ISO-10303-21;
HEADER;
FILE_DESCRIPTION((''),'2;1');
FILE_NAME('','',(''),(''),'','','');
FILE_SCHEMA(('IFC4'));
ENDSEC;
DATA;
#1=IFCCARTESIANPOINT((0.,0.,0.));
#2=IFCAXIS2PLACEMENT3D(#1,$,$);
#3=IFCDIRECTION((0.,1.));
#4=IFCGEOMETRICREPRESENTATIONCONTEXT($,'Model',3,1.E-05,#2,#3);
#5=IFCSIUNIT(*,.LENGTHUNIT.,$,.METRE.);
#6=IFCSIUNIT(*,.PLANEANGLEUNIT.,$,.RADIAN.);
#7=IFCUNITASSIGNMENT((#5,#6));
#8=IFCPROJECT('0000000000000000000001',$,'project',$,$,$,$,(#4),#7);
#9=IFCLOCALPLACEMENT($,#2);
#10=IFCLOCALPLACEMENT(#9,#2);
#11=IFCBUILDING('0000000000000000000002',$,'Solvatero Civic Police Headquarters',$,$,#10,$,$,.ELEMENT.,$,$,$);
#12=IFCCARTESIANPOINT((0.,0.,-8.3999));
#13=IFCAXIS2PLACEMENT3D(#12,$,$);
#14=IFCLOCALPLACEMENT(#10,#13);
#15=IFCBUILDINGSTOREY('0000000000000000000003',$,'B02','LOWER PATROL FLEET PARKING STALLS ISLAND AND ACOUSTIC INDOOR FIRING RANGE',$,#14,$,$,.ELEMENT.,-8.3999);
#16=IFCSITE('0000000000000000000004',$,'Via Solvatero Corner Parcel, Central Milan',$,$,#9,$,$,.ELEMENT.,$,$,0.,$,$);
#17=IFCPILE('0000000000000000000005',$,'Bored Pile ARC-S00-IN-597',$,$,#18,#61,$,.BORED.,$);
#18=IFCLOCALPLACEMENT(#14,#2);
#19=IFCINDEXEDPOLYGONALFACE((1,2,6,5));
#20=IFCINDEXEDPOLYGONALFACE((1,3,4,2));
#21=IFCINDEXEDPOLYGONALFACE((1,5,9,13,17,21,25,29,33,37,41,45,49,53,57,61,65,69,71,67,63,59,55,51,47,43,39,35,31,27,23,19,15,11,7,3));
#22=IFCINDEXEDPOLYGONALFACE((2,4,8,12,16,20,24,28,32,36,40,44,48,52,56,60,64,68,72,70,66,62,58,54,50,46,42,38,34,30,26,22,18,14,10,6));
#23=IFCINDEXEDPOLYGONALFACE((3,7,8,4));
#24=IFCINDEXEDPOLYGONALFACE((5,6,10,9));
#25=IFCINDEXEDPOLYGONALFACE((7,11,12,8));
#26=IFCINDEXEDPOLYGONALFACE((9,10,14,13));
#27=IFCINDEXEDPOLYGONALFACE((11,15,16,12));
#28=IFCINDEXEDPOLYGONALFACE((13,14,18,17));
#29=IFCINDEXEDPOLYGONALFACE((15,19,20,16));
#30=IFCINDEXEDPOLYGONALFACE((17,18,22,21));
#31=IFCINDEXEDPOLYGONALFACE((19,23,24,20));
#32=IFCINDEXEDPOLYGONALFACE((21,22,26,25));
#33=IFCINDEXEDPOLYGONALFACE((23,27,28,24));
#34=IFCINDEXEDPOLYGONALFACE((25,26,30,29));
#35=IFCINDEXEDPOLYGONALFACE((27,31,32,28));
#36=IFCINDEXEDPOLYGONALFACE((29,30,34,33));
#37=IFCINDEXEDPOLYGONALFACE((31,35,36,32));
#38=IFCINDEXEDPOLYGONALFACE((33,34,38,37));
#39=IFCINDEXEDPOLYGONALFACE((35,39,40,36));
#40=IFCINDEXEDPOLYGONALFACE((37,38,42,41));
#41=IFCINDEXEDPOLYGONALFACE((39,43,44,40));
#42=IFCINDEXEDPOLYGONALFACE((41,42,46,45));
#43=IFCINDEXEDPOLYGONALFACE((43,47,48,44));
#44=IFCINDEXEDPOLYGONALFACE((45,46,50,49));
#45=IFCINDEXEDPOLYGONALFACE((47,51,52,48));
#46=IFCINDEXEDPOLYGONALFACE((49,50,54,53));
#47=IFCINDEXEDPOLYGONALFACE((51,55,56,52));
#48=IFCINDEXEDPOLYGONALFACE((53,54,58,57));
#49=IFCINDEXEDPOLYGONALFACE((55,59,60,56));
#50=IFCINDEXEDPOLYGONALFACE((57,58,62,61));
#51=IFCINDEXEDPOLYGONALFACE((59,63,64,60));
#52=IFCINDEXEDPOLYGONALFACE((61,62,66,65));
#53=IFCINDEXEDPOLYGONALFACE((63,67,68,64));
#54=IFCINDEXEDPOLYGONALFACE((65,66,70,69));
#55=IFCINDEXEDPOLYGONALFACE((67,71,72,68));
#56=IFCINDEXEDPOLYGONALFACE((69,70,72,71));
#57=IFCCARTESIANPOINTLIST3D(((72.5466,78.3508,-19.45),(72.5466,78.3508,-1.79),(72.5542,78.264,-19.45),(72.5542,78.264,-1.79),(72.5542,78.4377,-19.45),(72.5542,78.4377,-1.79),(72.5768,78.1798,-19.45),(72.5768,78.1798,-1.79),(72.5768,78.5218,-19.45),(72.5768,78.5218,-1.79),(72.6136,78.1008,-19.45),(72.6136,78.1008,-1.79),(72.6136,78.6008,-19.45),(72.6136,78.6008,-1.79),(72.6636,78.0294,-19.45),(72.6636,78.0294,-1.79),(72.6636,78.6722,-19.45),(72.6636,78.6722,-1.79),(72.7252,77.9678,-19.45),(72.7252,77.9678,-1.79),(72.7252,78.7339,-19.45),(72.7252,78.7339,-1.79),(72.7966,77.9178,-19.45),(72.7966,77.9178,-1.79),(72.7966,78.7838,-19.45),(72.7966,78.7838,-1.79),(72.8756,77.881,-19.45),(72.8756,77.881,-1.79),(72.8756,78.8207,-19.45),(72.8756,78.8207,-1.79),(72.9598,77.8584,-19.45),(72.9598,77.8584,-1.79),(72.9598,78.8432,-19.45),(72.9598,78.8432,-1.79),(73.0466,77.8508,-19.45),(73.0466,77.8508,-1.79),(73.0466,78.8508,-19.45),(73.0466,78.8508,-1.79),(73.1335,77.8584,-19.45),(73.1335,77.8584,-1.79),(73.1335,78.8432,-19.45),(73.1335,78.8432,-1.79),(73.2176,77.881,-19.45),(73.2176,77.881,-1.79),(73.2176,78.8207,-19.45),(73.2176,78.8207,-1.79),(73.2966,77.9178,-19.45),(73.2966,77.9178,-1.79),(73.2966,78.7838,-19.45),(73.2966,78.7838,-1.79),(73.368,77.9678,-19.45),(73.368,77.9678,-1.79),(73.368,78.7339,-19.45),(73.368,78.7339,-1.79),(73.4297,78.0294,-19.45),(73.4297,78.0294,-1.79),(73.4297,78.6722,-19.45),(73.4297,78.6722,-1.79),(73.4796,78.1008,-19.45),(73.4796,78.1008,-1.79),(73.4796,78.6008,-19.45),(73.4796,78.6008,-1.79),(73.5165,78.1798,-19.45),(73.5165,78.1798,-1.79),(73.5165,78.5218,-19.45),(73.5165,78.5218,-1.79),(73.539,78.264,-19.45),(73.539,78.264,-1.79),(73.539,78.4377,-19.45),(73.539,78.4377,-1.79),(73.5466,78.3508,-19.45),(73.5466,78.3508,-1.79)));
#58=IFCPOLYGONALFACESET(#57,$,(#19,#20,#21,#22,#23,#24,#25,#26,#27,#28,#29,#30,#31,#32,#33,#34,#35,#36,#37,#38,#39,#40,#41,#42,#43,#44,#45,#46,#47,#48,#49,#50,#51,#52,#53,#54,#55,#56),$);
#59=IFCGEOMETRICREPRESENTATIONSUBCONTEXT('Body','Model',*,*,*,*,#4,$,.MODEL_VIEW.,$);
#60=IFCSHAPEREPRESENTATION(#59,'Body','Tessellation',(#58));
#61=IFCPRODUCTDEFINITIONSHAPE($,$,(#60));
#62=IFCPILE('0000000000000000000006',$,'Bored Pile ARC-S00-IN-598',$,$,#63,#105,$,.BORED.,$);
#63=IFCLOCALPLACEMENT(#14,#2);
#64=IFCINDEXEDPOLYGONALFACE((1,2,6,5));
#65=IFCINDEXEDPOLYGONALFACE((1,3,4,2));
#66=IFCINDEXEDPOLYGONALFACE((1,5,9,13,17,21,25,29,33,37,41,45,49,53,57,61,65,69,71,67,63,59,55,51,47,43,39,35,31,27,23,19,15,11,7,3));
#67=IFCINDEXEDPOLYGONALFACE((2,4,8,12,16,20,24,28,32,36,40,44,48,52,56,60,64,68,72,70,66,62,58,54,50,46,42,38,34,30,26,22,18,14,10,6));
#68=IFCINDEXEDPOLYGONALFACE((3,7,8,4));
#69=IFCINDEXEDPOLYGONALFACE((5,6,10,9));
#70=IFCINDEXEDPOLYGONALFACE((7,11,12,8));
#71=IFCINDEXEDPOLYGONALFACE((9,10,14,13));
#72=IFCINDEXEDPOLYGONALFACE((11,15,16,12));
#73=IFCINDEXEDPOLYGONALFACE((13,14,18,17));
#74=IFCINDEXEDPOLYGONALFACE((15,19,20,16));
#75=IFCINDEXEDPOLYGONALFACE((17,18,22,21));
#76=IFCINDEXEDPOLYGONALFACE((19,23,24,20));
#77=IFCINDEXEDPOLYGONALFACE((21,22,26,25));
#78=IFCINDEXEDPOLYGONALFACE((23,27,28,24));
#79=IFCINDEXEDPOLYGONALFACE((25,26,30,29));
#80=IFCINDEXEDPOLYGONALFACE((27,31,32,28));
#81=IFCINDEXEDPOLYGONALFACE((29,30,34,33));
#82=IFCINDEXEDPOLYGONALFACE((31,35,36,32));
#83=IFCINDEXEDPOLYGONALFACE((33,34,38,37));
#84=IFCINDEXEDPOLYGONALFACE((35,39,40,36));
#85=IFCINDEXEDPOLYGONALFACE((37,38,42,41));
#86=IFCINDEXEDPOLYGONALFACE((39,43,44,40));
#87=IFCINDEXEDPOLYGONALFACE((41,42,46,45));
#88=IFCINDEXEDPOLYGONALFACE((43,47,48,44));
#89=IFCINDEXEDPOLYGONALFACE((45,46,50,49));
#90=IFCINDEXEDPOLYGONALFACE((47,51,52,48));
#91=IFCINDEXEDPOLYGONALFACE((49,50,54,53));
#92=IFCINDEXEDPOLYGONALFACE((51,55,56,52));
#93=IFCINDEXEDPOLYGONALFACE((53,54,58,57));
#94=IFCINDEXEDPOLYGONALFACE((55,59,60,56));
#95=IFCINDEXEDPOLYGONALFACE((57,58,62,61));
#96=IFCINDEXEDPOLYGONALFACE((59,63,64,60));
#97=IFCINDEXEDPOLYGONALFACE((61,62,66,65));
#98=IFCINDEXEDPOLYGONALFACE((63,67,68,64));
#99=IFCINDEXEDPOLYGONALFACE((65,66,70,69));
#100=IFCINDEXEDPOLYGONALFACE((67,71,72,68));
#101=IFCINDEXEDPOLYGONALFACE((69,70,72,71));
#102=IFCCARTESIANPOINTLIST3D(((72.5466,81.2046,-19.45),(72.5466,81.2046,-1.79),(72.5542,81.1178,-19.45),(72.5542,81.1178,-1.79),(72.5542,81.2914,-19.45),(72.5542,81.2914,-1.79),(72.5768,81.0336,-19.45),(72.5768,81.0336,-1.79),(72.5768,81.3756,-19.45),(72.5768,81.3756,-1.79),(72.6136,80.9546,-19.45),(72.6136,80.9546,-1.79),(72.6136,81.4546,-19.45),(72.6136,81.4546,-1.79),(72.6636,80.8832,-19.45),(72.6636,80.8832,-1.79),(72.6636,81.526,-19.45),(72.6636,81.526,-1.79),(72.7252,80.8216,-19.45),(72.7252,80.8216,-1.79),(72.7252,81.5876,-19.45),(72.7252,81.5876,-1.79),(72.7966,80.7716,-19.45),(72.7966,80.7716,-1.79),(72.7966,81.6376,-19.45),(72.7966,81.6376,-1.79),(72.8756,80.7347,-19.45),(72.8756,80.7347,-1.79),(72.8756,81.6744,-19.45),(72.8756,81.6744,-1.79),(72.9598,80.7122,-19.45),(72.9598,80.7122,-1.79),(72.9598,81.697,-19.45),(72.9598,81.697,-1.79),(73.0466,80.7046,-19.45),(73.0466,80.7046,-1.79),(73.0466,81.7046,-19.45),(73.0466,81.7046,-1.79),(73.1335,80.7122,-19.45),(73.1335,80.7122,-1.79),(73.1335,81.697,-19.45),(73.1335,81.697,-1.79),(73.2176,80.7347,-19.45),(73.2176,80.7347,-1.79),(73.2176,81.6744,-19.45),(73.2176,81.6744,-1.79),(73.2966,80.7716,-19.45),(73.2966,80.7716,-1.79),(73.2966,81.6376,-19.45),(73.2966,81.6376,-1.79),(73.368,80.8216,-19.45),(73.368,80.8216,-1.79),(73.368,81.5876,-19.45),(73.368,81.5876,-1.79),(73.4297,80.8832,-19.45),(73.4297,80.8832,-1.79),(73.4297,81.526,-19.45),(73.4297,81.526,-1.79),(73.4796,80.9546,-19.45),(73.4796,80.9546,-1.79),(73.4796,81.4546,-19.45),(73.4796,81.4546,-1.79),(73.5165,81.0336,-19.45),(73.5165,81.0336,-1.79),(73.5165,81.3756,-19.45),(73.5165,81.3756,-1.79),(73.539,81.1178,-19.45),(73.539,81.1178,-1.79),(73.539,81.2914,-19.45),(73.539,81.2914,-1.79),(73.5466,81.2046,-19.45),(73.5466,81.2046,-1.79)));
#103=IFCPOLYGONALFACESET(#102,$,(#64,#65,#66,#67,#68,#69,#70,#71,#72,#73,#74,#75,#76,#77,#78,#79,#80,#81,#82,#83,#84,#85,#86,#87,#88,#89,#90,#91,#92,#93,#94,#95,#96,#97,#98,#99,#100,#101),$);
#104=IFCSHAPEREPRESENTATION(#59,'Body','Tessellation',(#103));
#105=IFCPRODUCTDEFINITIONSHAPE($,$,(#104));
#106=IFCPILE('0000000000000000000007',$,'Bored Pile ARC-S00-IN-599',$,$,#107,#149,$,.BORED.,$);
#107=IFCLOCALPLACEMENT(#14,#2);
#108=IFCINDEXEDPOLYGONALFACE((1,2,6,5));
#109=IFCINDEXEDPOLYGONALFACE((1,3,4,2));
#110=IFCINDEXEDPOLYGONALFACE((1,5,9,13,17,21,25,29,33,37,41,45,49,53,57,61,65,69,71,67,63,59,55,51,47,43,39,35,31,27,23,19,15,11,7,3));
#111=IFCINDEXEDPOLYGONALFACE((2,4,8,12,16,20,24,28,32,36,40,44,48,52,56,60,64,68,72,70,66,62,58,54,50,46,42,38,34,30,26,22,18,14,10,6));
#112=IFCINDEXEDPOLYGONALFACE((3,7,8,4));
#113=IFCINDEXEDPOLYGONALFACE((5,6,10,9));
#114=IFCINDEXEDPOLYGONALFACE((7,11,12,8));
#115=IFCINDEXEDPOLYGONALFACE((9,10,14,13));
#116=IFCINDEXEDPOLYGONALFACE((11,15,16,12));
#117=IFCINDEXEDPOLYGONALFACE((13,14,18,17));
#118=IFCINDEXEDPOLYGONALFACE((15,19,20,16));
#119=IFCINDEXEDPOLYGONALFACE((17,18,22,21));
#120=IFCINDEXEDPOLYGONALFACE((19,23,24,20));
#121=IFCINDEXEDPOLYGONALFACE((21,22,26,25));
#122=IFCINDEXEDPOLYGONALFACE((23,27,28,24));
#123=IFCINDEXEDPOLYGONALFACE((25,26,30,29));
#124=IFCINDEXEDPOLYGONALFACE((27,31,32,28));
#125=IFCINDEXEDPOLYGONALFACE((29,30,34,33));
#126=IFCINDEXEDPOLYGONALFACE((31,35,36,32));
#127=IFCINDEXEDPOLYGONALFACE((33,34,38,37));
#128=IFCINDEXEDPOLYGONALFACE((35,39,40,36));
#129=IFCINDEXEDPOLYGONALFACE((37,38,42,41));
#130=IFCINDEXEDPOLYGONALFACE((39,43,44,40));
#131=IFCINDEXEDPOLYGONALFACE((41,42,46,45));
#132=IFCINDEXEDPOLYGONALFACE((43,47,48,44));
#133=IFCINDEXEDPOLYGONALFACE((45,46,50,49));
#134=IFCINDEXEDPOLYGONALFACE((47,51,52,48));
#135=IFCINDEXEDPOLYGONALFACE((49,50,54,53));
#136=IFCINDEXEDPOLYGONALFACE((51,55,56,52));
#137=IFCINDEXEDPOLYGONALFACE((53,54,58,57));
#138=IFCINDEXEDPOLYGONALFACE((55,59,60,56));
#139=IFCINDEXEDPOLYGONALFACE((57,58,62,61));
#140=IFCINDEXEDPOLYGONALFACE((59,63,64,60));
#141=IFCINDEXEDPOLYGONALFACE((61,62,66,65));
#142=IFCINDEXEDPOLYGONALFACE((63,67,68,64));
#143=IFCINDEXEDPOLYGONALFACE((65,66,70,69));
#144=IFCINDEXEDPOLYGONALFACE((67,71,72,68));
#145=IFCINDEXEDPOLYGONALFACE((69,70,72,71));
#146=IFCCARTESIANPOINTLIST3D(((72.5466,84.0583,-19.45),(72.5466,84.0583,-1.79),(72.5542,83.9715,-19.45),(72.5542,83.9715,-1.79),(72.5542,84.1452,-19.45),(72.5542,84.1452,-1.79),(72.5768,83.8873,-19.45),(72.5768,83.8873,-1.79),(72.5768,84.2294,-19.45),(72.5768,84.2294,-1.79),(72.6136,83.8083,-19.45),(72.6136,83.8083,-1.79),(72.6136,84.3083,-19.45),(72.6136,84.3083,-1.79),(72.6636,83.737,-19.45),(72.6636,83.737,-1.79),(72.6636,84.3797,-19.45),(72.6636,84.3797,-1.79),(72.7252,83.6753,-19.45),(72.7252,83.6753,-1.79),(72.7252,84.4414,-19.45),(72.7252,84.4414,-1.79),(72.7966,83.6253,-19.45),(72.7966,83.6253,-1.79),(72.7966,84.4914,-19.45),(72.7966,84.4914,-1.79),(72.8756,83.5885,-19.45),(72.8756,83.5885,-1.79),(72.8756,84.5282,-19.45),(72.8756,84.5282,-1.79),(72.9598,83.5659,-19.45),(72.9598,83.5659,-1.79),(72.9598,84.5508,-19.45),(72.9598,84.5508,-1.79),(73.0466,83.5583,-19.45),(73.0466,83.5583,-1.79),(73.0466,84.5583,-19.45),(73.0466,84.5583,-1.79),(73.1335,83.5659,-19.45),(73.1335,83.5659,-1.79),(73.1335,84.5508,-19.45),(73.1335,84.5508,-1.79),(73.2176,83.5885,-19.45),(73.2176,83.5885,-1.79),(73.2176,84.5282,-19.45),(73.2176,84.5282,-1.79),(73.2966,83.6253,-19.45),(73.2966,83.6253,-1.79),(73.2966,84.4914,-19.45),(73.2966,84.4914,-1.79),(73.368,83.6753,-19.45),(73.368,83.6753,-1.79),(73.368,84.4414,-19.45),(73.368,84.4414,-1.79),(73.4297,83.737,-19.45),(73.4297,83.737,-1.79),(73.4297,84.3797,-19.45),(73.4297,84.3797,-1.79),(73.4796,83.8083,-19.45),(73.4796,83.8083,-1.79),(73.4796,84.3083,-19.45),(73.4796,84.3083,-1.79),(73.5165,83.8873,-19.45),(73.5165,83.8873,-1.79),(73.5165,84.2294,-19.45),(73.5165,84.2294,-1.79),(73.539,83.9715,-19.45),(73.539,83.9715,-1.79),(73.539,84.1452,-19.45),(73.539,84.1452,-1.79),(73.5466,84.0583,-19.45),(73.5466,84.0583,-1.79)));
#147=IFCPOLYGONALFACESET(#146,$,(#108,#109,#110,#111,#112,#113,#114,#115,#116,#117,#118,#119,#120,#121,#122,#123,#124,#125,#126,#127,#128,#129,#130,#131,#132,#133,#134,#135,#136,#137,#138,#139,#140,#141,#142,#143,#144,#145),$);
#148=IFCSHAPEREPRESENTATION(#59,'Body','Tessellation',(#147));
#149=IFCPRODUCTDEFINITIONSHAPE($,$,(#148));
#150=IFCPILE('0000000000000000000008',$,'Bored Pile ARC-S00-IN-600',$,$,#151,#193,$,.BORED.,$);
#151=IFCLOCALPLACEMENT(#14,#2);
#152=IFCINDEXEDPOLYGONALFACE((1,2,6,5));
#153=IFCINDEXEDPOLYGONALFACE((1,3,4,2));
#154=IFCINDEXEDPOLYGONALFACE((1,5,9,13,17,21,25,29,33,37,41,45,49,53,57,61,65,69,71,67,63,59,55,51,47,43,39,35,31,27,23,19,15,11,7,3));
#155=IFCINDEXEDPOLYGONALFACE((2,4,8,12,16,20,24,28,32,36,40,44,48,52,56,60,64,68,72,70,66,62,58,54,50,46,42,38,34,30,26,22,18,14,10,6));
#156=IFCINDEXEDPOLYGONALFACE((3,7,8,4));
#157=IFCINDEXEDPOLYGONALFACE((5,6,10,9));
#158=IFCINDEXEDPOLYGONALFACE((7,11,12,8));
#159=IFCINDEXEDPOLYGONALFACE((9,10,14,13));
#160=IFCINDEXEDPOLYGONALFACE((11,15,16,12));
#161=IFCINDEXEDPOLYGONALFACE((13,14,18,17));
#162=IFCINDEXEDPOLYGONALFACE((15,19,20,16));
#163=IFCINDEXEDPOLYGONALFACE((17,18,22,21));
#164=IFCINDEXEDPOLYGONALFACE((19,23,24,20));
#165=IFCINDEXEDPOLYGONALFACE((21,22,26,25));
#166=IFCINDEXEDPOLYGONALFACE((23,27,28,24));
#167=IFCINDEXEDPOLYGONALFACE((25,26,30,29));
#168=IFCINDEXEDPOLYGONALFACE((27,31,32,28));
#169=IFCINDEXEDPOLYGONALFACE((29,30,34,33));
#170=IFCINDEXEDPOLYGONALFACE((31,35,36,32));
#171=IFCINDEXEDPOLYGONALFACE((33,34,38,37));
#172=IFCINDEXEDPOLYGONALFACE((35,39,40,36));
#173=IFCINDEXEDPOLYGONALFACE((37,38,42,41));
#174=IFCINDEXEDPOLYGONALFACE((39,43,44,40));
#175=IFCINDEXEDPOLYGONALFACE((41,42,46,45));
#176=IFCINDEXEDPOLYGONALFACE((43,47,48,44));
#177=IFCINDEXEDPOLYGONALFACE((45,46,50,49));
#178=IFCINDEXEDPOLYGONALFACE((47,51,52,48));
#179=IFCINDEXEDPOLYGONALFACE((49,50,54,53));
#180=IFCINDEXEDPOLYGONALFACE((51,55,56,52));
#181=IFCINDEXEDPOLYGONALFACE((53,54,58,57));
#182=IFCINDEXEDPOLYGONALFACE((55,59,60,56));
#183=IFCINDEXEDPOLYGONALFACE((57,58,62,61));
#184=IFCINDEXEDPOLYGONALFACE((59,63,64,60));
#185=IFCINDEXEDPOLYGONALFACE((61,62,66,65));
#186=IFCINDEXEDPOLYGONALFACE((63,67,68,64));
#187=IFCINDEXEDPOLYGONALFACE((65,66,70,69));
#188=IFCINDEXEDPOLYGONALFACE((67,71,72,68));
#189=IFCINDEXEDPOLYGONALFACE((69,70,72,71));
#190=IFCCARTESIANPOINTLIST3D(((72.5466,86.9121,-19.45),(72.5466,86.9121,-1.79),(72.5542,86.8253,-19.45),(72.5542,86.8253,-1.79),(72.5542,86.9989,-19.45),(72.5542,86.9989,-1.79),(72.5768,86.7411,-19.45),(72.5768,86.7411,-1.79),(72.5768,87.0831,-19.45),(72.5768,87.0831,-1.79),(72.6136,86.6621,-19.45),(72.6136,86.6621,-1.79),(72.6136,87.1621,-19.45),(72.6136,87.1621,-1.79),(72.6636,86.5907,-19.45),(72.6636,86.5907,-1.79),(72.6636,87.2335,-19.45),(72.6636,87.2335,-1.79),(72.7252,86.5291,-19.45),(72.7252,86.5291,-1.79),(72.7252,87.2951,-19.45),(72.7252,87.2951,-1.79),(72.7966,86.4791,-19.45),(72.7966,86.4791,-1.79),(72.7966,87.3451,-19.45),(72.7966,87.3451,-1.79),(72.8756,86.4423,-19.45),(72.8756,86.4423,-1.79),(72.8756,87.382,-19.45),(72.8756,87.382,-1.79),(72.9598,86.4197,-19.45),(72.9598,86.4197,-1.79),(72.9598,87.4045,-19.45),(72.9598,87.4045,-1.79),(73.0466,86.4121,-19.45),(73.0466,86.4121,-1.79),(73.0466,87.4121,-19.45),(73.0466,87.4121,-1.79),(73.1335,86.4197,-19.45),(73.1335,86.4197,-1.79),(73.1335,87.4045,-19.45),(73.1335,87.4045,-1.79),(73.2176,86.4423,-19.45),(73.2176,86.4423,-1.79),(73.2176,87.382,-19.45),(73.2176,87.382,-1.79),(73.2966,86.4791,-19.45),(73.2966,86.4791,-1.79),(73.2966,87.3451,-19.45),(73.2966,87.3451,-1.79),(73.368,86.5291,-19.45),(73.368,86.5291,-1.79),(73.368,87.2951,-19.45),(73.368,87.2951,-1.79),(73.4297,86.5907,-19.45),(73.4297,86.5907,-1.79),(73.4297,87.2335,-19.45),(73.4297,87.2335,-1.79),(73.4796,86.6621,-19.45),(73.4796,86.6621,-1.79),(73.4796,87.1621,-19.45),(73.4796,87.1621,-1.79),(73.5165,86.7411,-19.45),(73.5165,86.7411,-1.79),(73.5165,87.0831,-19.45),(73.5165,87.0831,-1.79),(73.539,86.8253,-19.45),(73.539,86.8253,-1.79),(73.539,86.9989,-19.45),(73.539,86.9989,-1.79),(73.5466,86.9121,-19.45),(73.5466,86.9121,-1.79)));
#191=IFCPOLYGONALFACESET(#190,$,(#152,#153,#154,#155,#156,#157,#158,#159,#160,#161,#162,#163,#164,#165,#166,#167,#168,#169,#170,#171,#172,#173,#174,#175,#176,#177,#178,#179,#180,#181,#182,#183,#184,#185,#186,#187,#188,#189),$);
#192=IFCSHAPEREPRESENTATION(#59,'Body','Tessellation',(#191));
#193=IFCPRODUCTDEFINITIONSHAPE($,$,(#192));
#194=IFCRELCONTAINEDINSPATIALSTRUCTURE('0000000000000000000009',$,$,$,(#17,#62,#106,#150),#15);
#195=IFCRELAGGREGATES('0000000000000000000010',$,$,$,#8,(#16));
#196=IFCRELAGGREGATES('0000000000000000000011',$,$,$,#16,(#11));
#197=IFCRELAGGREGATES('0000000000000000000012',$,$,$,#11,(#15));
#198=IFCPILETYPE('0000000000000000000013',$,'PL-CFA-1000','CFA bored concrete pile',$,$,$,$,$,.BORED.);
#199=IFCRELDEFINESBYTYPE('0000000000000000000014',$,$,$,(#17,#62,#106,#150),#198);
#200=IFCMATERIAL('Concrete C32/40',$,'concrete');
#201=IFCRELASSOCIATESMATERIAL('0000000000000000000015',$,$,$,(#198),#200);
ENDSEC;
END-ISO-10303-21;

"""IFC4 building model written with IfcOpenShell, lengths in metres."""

from ifc_helpers import new_model, si_unit, direction, frame, origin, origin_2d, place, context, subcontext, project, spatial, circle, extrude, material, material_profile, profile_set, type_object, element, save


model = new_model("IFC4")

# Units and contexts
model_context = context("Model", 3, precision=1e-05, world=origin(), true_north=direction((0.0, 1.0)))
body_context = subcontext(model_context, "Body", "Model", "MODEL_VIEW")
ifc_project = project(units=[si_unit("LENGTHUNIT", "METRE"), si_unit("PLANEANGLEUNIT", "RADIAN")], contexts=[model_context])

# Site, building, storey
site_placement = place(None, origin())
site = spatial("IfcSite", under=ifc_project, at=site_placement, Name="Via Solvatero Corner Parcel, Central Milan", CompositionType="ELEMENT", RefElevation=0.0)
building_placement = place(site_placement, origin())
building = spatial("IfcBuilding", under=site, at=building_placement, Name="Solvatero Civic Police Headquarters", CompositionType="ELEMENT")
storey_placement = place(building_placement, frame((0.0, 0.0, -8.3999)))
storey = spatial("IfcBuildingStorey", under=building, at=storey_placement, Name="B02", Description="LOWER PATROL FLEET PARKING STALLS ISLAND AND ACOUSTIC INDOOR FIRING RANGE", CompositionType="ELEMENT", Elevation=-8.3999)

# Piles
ifc_material_1 = material(Name="Concrete C32/40", Category="concrete")
ifc_material_profile_1 = material_profile(ifc_material_1, circle(Radius=0.5, at=origin_2d()), Name="CFA PILE D1000")
ifc_profile_set_1 = profile_set([ifc_material_profile_1], Name="Concrete C32/40")
pile_type = type_object("IfcPileType", Name="PL-CFA-1000", Description="CFA bored concrete pile", PredefinedType="BORED", material=ifc_profile_set_1)
for number, where, z_axis, x_axis, name in (
    (1, (73.0466, 78.3508, -1.79), (0.0, 0.0, -1.0), (1.0, 0.0, 0.0), "Bored Pile ARC-S00-IN-597"),
    (2, (73.0466, 81.2046, -1.79), (0.0, 0.0, -1.0), (1.0, 0.0, 0.0), "Bored Pile ARC-S00-IN-598"),
    (3, (73.0466, 84.0583, -1.79), (0.0, 0.0, -1.0), (1.0, 0.0, 0.0), "Bored Pile ARC-S00-IN-599"),
    (4, (73.0466, 86.9121, -1.79), (0.0, 0.0, -1.0), (1.0, 0.0, 0.0), "Bored Pile ARC-S00-IN-600"),
):
    element("IfcPile", number, at=place(storey_placement, frame(where, z_axis=z_axis, x_axis=x_axis)), inside=storey, type_object=pile_type, Name=name, PredefinedType="BORED", context=body_context, shape_type="SweptSolid", body=[
        extrude(circle(Radius=0.5, at=origin_2d()), origin(), (0.0, 0.0, 1.0), 17.6599),
    ])

save(model, "model.ifc")
